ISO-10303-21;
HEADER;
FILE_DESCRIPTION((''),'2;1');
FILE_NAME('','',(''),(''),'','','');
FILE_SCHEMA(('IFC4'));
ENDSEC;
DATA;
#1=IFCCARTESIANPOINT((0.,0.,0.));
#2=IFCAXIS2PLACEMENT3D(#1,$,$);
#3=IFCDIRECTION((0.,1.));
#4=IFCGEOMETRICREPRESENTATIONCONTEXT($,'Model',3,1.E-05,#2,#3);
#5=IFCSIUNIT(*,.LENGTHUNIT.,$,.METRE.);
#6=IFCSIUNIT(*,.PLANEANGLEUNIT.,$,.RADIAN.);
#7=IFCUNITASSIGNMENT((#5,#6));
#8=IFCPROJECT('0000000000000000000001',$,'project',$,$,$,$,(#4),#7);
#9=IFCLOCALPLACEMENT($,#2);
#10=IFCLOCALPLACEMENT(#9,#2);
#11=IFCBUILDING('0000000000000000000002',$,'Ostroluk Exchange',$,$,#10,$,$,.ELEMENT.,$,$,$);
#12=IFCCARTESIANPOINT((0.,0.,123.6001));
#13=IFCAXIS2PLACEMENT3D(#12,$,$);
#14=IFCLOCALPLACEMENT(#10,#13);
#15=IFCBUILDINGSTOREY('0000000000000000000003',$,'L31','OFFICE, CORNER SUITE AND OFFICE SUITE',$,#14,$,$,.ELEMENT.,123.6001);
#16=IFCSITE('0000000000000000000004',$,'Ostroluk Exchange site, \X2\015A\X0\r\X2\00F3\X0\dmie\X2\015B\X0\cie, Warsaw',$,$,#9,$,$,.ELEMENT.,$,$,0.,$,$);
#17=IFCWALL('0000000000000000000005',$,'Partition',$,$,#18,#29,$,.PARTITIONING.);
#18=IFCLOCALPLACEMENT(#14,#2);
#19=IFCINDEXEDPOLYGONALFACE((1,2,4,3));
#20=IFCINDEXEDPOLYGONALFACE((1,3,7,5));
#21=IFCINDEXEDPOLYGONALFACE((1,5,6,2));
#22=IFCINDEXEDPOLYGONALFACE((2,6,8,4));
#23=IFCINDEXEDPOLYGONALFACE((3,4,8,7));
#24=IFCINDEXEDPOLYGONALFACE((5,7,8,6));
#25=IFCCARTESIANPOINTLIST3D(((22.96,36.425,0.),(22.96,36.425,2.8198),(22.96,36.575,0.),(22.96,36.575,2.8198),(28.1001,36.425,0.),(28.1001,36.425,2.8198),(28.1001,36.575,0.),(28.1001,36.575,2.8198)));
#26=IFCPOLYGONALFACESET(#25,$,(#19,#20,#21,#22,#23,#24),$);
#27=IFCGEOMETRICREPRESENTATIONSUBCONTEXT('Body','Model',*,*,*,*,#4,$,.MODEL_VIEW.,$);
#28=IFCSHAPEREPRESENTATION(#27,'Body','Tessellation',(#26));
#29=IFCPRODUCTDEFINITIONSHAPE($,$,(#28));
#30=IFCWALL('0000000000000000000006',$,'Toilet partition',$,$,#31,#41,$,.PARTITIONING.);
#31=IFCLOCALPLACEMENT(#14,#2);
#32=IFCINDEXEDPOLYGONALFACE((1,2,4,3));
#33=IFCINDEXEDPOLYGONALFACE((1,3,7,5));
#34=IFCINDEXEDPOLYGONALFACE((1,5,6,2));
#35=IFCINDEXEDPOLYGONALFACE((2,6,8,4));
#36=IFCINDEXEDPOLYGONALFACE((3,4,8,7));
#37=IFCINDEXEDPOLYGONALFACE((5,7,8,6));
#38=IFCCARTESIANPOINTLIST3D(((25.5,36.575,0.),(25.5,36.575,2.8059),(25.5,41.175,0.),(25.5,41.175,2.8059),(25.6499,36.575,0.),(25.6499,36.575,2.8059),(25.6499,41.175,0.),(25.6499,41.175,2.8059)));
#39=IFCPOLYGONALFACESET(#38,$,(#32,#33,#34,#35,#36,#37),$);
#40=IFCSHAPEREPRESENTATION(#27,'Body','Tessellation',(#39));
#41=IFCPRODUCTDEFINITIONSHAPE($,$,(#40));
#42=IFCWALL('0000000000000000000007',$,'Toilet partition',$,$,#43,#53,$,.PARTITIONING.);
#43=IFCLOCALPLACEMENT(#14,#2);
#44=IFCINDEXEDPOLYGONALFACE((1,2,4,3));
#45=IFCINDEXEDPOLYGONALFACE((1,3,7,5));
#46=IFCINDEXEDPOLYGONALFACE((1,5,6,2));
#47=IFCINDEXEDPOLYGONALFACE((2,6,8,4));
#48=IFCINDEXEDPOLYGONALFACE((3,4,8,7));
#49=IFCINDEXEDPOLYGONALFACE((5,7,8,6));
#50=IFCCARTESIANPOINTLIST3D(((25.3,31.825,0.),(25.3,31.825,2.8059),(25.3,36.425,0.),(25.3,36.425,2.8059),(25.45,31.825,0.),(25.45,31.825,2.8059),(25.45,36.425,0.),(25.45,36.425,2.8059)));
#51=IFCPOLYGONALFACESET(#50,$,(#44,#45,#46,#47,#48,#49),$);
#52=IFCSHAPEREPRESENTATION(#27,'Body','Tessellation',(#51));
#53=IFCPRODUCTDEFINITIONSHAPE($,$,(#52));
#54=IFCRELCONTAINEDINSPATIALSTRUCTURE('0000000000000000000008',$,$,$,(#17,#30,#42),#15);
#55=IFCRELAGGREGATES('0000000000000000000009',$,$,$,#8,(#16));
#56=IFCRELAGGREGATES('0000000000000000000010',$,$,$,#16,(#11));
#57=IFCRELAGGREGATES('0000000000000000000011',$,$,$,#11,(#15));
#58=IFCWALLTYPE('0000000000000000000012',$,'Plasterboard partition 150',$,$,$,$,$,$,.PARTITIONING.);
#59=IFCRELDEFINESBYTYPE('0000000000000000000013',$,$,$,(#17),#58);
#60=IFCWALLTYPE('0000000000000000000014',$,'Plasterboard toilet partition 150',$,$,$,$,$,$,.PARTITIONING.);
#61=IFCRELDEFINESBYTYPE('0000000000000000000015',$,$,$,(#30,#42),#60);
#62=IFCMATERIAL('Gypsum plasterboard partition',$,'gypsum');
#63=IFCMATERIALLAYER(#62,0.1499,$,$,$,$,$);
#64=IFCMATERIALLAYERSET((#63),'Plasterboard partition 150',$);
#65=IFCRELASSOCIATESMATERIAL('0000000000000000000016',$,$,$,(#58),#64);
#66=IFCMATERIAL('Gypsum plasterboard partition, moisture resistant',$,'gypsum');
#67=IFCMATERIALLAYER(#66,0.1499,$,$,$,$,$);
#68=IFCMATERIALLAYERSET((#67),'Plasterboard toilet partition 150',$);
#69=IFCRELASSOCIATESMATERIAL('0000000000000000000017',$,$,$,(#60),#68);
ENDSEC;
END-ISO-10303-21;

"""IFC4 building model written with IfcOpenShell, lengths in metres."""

from ifc_helpers import new_model, si_unit, direction, frame, frame_2d, origin, place, context, subcontext, project, spatial, rectangle, extrude, material, layer, layer_set, type_object, element, save


model = new_model("IFC4")

# Units and contexts
model_context = context("Model", 3, precision=1e-05, world=origin(), true_north=direction((0.0, 1.0)))
body_context = subcontext(model_context, "Body", "Model", "MODEL_VIEW")
ifc_project = project(units=[si_unit("LENGTHUNIT", "METRE"), si_unit("PLANEANGLEUNIT", "RADIAN")], contexts=[model_context])

# Site, building, storey
site_placement = place(None, origin())
site = spatial("IfcSite", under=ifc_project, at=site_placement, Name="Ostroluk Exchange site, Śródmieście, Warsaw", CompositionType="ELEMENT", RefElevation=0.0)
building_placement = place(site_placement, origin())
building = spatial("IfcBuilding", under=site, at=building_placement, Name="Ostroluk Exchange", CompositionType="ELEMENT")
storey_placement = place(building_placement, frame((0.0, 0.0, 123.6001)))
storey = spatial("IfcBuildingStorey", under=building, at=storey_placement, Name="L31", Description="OFFICE, CORNER SUITE AND OFFICE SUITE", CompositionType="ELEMENT", Elevation=123.6001)

# Walls
ifc_material_1 = material(Name="Gypsum plasterboard partition", Category="gypsum")
ifc_layer_1 = layer(ifc_material_1, 0.1499)
ifc_layer_set_1 = layer_set([ifc_layer_1], Name="Plasterboard partition 150")
wall_type_1 = type_object("IfcWallType", Name="Plasterboard partition 150", PredefinedType="PARTITIONING", material=ifc_layer_set_1)
wall_1_placement = place(storey_placement, frame((28.1001, 36.5, 0.0), z_axis=(0.0, 0.0, 1.0), x_axis=(-1.0, 0.0, 0.0)))
element("IfcWall", 1, at=wall_1_placement, inside=storey, type_object=wall_type_1, Name="Partition", PredefinedType="PARTITIONING", context=body_context, shape_type="SweptSolid", body=[
    extrude(rectangle(XDim=5.1401, YDim=0.1499, at=frame_2d((2.5701, 0.0))), origin(), (0.0, 0.0, 1.0), 2.8198),
])
ifc_material_2 = material(Name="Gypsum plasterboard partition, moisture resistant", Category="gypsum")
ifc_layer_2 = layer(ifc_material_2, 0.1499)
ifc_layer_set_2 = layer_set([ifc_layer_2], Name="Plasterboard toilet partition 150")
wall_type_2 = type_object("IfcWallType", Name="Plasterboard toilet partition 150", PredefinedType="PARTITIONING", material=ifc_layer_set_2)
for number, where, z_axis, x_axis, name in (
    (2, (25.575, 41.175, 0.0), (0.0, 0.0, 1.0), (0.0, -1.0, 0.0), "Toilet partition"),
    (3, (25.375, 36.425, 0.0), (0.0, 0.0, 1.0), (0.0, -1.0, 0.0), "Toilet partition"),
):
    element("IfcWall", number, at=place(storey_placement, frame(where, z_axis=z_axis, x_axis=x_axis)), inside=storey, type_object=wall_type_2, Name=name, PredefinedType="PARTITIONING", context=body_context, shape_type="SweptSolid", body=[
        extrude(rectangle(XDim=4.6001, YDim=0.1499, at=frame_2d((2.3, 0.0))), origin(), (0.0, 0.0, 1.0), 2.8059),
    ])

save(model, "model.ifc")
